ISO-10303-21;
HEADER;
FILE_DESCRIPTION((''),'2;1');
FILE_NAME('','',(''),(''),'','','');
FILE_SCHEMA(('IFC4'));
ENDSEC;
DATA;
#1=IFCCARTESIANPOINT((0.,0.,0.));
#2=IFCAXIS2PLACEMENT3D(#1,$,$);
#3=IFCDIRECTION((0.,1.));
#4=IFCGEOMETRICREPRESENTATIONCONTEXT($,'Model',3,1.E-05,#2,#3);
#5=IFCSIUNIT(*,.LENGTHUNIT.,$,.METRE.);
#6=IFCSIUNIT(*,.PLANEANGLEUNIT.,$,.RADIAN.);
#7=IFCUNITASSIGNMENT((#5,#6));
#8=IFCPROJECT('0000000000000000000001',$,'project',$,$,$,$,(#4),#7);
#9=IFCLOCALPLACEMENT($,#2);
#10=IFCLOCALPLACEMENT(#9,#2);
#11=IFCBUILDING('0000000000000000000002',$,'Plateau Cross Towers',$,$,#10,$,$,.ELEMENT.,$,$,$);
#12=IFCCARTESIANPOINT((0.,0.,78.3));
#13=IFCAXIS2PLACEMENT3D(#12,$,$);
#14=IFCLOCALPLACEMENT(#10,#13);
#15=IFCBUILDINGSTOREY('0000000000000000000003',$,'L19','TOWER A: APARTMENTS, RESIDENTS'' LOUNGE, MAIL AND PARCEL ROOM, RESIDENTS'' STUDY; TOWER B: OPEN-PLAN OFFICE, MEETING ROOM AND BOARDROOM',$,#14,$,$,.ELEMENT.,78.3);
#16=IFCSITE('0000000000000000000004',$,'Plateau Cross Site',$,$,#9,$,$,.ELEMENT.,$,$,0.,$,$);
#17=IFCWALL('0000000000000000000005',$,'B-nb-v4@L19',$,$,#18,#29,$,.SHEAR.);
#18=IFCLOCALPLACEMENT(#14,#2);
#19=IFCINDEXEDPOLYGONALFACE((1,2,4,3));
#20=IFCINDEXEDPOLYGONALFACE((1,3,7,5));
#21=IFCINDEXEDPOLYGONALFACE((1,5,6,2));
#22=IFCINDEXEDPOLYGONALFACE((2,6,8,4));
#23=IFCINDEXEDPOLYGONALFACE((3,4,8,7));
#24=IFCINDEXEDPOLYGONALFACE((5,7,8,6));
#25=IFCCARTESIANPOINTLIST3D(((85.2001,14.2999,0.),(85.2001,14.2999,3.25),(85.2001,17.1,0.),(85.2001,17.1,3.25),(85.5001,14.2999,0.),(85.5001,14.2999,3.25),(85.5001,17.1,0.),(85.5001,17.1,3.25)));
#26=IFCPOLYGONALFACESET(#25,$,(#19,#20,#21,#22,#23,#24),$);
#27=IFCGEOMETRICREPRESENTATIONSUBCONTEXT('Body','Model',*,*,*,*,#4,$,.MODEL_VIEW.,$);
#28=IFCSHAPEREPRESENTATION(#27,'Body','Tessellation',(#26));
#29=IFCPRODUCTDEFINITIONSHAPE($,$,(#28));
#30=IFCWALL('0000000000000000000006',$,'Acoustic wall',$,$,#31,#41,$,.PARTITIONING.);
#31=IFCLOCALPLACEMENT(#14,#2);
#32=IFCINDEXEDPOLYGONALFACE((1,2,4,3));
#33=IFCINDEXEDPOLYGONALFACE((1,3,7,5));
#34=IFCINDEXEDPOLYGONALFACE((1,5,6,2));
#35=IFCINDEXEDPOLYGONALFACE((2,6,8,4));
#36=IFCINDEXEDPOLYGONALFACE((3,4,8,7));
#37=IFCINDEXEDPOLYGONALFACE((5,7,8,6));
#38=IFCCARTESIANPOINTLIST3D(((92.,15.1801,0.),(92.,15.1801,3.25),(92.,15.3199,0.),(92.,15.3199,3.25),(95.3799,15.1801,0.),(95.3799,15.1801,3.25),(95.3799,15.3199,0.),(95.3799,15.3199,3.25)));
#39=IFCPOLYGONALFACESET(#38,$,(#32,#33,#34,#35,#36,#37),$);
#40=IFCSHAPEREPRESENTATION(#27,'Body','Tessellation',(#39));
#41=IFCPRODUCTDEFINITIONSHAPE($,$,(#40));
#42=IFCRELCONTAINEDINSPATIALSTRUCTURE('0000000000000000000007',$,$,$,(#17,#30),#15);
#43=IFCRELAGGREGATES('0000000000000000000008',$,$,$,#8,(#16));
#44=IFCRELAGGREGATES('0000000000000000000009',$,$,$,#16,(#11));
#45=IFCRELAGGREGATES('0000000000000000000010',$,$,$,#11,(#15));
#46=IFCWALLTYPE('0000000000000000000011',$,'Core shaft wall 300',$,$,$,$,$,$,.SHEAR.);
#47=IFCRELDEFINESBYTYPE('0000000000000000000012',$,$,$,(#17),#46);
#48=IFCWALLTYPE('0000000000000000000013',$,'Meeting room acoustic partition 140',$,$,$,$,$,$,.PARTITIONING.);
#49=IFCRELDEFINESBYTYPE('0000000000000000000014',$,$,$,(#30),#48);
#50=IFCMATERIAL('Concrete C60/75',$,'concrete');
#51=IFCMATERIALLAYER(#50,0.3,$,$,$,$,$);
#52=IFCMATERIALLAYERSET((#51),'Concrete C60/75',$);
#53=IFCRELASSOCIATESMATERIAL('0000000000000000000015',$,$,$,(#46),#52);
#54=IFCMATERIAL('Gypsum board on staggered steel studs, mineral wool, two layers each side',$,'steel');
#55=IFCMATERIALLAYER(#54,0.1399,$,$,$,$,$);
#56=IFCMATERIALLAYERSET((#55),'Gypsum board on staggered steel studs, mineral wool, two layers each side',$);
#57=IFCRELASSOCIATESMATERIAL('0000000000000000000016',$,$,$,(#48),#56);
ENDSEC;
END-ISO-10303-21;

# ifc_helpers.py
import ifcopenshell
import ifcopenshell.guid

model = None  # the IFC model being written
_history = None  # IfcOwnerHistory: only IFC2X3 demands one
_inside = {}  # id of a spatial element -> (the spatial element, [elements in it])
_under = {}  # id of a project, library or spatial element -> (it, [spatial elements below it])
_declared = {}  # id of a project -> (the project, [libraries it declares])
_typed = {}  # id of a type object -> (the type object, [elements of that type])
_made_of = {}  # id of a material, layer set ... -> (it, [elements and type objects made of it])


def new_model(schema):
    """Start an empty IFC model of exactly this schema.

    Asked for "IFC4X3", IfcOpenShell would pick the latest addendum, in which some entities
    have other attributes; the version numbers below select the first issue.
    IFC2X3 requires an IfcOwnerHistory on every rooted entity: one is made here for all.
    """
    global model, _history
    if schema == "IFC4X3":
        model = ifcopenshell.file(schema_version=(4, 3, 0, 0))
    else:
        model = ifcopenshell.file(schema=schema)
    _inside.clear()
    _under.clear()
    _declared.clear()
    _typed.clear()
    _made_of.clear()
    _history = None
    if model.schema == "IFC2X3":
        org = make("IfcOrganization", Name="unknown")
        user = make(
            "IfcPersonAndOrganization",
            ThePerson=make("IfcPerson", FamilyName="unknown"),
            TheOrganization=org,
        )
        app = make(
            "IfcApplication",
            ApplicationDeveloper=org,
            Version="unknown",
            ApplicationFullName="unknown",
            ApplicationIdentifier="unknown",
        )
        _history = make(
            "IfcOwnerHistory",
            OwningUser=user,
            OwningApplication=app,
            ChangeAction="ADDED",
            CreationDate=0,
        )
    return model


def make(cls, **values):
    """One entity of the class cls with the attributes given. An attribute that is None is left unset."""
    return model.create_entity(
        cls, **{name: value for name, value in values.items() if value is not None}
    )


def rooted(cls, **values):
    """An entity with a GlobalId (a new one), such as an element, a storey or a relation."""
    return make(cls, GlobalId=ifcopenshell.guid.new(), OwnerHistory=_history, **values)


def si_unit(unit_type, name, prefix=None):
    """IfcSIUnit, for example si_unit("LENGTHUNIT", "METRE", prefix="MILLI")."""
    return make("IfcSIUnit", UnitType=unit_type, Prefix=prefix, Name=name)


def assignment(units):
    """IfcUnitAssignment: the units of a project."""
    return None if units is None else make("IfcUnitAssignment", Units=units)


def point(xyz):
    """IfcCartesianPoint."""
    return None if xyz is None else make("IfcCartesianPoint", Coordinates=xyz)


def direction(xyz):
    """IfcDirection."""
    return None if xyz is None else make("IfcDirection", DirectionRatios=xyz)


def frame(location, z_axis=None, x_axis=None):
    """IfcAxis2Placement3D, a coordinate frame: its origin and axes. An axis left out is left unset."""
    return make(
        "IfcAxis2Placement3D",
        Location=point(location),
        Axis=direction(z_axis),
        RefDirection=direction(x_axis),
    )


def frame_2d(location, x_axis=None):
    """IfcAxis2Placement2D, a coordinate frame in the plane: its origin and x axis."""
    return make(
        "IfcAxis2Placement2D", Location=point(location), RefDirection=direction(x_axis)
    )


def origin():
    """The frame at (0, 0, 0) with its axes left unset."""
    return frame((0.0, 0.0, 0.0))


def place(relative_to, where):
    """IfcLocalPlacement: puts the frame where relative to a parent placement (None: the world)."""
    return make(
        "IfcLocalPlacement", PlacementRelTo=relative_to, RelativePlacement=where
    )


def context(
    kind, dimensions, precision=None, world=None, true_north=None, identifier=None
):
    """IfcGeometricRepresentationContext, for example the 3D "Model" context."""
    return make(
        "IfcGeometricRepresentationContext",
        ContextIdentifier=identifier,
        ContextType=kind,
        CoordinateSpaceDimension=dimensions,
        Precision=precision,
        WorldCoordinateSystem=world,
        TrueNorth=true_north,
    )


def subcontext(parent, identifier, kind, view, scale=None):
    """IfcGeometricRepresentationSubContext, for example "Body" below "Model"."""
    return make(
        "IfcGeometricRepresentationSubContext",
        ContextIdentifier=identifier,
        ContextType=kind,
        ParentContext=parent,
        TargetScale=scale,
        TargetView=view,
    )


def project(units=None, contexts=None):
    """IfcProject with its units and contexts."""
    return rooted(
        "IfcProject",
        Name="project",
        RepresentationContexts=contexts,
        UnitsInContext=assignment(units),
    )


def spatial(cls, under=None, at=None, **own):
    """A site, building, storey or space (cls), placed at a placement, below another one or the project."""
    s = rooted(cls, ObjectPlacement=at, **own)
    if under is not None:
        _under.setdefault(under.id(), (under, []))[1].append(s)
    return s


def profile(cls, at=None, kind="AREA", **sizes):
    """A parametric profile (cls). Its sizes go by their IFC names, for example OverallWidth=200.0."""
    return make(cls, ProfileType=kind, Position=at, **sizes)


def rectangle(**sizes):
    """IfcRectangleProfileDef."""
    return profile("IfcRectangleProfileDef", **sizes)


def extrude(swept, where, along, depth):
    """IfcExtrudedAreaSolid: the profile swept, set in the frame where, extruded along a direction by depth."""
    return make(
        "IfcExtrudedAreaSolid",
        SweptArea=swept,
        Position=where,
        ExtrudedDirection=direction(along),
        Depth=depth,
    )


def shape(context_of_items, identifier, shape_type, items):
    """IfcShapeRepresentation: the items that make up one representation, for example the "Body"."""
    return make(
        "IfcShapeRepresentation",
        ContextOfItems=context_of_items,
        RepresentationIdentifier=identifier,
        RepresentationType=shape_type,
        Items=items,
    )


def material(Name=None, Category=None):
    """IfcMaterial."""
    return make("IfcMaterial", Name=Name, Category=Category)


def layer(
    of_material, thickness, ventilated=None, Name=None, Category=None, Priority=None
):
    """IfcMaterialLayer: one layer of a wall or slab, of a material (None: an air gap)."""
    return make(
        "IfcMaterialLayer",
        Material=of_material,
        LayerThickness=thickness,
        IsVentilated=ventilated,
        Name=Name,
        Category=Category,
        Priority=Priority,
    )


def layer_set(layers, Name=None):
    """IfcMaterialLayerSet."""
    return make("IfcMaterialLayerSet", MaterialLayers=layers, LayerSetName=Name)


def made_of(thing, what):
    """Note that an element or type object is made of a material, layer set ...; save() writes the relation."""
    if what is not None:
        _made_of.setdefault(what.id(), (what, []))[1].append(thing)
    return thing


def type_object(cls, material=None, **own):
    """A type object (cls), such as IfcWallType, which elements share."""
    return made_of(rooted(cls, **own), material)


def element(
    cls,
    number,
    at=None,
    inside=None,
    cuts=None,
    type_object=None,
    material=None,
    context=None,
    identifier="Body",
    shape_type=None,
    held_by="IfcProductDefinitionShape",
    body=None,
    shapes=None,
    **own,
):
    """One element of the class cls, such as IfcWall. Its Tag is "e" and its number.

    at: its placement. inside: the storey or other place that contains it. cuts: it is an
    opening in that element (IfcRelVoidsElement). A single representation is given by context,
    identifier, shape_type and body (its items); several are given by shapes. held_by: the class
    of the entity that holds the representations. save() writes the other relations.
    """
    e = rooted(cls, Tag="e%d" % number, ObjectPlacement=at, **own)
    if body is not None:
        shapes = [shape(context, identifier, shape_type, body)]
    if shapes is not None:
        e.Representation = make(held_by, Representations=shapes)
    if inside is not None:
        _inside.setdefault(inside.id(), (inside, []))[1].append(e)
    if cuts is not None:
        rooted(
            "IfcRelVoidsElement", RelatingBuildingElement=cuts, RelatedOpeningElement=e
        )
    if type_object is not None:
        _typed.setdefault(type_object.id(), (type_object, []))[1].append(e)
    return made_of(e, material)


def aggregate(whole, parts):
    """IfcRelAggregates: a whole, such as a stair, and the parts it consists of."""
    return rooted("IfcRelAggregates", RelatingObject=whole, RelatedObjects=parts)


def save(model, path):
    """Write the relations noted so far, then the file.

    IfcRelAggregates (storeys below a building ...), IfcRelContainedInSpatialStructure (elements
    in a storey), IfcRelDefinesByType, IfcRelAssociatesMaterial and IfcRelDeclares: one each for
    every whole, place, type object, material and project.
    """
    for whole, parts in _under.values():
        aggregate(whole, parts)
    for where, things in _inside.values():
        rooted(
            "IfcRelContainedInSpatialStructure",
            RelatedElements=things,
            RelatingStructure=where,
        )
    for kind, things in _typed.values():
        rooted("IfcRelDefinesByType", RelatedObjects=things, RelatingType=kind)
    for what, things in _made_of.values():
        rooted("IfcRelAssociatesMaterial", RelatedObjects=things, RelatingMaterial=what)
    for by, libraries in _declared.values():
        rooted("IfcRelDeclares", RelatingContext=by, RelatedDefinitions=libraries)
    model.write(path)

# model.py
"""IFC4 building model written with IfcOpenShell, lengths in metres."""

from ifc_helpers import new_model, si_unit, direction, frame, frame_2d, origin, place, context, subcontext, project, spatial, rectangle, extrude, material, layer, layer_set, type_object, element, save


model = new_model("IFC4")

# Units and contexts
model_context = context("Model", 3, precision=1e-05, world=origin(), true_north=direction((0.0, 1.0)))
body_context = subcontext(model_context, "Body", "Model", "MODEL_VIEW")
ifc_project = project(units=[si_unit("LENGTHUNIT", "METRE"), si_unit("PLANEANGLEUNIT", "RADIAN")], contexts=[model_context])

# Site, building, storey
site_placement = place(None, origin())
site = spatial("IfcSite", under=ifc_project, at=site_placement, Name="Plateau Cross Site", CompositionType="ELEMENT", RefElevation=0.0)
building_placement = place(site_placement, origin())
building = spatial("IfcBuilding", under=site, at=building_placement, Name="Plateau Cross Towers", CompositionType="ELEMENT")
storey_placement = place(building_placement, frame((0.0, 0.0, 78.3)))
storey = spatial("IfcBuildingStorey", under=building, at=storey_placement, Name="L19", Description="TOWER A: APARTMENTS, RESIDENTS' LOUNGE, MAIL AND PARCEL ROOM, RESIDENTS' STUDY; TOWER B: OPEN-PLAN OFFICE, MEETING ROOM AND BOARDROOM", CompositionType="ELEMENT", Elevation=78.3)

# Shared definitions
ifc_material_1 = material(Name="Concrete C60/75", Category="concrete")

# Walls
ifc_layer_1 = layer(ifc_material_1, 0.3)
ifc_layer_set_1 = layer_set([ifc_layer_1], Name="Concrete C60/75")
wall_type_1 = type_object("IfcWallType", Name="Core shaft wall 300", PredefinedType="SHEAR", material=ifc_layer_set_1)
for number, where, z_axis, x_axis, name in (
    (1, (85.3501, 14.3, 0.0), (0.0, 0.0, 1.0), (0.0, 1.0, 0.0), "B-nb-v4@L19"),
):
    element("IfcWall", number, at=place(storey_placement, frame(where, z_axis=z_axis, x_axis=x_axis)), inside=storey, type_object=wall_type_1, Name=name, PredefinedType="SHEAR", context=body_context, shape_type="SweptSolid", body=[
        extrude(rectangle(XDim=2.8, YDim=0.3, at=frame_2d((1.3999, 0.0))), origin(), (0.0, 0.0, 1.0), 3.25),
    ])
ifc_material_2 = material(Name="Gypsum board on staggered steel studs, mineral wool, two layers each side", Category="steel")
ifc_layer_2 = layer(ifc_material_2, 0.1399)
ifc_layer_set_2 = layer_set([ifc_layer_2], Name="Gypsum board on staggered steel studs, mineral wool, two layers each side")
wall_type_2 = type_object("IfcWallType", Name="Meeting room acoustic partition 140", PredefinedType="PARTITIONING", material=ifc_layer_set_2)
wall_1_placement = place(storey_placement, frame((92.0, 15.25, 0.0), z_axis=(0.0, 0.0, 1.0), x_axis=(1.0, 0.0, 0.0)))
element("IfcWall", 2, at=wall_1_placement, inside=storey, type_object=wall_type_2, Name="Acoustic wall", PredefinedType="PARTITIONING", context=body_context, shape_type="SweptSolid", body=[
    extrude(rectangle(XDim=3.3799, YDim=0.1399, at=frame_2d((1.6899, 0.0))), origin(), (0.0, 0.0, 1.0), 3.25),
])

save(model, "model.ifc")
